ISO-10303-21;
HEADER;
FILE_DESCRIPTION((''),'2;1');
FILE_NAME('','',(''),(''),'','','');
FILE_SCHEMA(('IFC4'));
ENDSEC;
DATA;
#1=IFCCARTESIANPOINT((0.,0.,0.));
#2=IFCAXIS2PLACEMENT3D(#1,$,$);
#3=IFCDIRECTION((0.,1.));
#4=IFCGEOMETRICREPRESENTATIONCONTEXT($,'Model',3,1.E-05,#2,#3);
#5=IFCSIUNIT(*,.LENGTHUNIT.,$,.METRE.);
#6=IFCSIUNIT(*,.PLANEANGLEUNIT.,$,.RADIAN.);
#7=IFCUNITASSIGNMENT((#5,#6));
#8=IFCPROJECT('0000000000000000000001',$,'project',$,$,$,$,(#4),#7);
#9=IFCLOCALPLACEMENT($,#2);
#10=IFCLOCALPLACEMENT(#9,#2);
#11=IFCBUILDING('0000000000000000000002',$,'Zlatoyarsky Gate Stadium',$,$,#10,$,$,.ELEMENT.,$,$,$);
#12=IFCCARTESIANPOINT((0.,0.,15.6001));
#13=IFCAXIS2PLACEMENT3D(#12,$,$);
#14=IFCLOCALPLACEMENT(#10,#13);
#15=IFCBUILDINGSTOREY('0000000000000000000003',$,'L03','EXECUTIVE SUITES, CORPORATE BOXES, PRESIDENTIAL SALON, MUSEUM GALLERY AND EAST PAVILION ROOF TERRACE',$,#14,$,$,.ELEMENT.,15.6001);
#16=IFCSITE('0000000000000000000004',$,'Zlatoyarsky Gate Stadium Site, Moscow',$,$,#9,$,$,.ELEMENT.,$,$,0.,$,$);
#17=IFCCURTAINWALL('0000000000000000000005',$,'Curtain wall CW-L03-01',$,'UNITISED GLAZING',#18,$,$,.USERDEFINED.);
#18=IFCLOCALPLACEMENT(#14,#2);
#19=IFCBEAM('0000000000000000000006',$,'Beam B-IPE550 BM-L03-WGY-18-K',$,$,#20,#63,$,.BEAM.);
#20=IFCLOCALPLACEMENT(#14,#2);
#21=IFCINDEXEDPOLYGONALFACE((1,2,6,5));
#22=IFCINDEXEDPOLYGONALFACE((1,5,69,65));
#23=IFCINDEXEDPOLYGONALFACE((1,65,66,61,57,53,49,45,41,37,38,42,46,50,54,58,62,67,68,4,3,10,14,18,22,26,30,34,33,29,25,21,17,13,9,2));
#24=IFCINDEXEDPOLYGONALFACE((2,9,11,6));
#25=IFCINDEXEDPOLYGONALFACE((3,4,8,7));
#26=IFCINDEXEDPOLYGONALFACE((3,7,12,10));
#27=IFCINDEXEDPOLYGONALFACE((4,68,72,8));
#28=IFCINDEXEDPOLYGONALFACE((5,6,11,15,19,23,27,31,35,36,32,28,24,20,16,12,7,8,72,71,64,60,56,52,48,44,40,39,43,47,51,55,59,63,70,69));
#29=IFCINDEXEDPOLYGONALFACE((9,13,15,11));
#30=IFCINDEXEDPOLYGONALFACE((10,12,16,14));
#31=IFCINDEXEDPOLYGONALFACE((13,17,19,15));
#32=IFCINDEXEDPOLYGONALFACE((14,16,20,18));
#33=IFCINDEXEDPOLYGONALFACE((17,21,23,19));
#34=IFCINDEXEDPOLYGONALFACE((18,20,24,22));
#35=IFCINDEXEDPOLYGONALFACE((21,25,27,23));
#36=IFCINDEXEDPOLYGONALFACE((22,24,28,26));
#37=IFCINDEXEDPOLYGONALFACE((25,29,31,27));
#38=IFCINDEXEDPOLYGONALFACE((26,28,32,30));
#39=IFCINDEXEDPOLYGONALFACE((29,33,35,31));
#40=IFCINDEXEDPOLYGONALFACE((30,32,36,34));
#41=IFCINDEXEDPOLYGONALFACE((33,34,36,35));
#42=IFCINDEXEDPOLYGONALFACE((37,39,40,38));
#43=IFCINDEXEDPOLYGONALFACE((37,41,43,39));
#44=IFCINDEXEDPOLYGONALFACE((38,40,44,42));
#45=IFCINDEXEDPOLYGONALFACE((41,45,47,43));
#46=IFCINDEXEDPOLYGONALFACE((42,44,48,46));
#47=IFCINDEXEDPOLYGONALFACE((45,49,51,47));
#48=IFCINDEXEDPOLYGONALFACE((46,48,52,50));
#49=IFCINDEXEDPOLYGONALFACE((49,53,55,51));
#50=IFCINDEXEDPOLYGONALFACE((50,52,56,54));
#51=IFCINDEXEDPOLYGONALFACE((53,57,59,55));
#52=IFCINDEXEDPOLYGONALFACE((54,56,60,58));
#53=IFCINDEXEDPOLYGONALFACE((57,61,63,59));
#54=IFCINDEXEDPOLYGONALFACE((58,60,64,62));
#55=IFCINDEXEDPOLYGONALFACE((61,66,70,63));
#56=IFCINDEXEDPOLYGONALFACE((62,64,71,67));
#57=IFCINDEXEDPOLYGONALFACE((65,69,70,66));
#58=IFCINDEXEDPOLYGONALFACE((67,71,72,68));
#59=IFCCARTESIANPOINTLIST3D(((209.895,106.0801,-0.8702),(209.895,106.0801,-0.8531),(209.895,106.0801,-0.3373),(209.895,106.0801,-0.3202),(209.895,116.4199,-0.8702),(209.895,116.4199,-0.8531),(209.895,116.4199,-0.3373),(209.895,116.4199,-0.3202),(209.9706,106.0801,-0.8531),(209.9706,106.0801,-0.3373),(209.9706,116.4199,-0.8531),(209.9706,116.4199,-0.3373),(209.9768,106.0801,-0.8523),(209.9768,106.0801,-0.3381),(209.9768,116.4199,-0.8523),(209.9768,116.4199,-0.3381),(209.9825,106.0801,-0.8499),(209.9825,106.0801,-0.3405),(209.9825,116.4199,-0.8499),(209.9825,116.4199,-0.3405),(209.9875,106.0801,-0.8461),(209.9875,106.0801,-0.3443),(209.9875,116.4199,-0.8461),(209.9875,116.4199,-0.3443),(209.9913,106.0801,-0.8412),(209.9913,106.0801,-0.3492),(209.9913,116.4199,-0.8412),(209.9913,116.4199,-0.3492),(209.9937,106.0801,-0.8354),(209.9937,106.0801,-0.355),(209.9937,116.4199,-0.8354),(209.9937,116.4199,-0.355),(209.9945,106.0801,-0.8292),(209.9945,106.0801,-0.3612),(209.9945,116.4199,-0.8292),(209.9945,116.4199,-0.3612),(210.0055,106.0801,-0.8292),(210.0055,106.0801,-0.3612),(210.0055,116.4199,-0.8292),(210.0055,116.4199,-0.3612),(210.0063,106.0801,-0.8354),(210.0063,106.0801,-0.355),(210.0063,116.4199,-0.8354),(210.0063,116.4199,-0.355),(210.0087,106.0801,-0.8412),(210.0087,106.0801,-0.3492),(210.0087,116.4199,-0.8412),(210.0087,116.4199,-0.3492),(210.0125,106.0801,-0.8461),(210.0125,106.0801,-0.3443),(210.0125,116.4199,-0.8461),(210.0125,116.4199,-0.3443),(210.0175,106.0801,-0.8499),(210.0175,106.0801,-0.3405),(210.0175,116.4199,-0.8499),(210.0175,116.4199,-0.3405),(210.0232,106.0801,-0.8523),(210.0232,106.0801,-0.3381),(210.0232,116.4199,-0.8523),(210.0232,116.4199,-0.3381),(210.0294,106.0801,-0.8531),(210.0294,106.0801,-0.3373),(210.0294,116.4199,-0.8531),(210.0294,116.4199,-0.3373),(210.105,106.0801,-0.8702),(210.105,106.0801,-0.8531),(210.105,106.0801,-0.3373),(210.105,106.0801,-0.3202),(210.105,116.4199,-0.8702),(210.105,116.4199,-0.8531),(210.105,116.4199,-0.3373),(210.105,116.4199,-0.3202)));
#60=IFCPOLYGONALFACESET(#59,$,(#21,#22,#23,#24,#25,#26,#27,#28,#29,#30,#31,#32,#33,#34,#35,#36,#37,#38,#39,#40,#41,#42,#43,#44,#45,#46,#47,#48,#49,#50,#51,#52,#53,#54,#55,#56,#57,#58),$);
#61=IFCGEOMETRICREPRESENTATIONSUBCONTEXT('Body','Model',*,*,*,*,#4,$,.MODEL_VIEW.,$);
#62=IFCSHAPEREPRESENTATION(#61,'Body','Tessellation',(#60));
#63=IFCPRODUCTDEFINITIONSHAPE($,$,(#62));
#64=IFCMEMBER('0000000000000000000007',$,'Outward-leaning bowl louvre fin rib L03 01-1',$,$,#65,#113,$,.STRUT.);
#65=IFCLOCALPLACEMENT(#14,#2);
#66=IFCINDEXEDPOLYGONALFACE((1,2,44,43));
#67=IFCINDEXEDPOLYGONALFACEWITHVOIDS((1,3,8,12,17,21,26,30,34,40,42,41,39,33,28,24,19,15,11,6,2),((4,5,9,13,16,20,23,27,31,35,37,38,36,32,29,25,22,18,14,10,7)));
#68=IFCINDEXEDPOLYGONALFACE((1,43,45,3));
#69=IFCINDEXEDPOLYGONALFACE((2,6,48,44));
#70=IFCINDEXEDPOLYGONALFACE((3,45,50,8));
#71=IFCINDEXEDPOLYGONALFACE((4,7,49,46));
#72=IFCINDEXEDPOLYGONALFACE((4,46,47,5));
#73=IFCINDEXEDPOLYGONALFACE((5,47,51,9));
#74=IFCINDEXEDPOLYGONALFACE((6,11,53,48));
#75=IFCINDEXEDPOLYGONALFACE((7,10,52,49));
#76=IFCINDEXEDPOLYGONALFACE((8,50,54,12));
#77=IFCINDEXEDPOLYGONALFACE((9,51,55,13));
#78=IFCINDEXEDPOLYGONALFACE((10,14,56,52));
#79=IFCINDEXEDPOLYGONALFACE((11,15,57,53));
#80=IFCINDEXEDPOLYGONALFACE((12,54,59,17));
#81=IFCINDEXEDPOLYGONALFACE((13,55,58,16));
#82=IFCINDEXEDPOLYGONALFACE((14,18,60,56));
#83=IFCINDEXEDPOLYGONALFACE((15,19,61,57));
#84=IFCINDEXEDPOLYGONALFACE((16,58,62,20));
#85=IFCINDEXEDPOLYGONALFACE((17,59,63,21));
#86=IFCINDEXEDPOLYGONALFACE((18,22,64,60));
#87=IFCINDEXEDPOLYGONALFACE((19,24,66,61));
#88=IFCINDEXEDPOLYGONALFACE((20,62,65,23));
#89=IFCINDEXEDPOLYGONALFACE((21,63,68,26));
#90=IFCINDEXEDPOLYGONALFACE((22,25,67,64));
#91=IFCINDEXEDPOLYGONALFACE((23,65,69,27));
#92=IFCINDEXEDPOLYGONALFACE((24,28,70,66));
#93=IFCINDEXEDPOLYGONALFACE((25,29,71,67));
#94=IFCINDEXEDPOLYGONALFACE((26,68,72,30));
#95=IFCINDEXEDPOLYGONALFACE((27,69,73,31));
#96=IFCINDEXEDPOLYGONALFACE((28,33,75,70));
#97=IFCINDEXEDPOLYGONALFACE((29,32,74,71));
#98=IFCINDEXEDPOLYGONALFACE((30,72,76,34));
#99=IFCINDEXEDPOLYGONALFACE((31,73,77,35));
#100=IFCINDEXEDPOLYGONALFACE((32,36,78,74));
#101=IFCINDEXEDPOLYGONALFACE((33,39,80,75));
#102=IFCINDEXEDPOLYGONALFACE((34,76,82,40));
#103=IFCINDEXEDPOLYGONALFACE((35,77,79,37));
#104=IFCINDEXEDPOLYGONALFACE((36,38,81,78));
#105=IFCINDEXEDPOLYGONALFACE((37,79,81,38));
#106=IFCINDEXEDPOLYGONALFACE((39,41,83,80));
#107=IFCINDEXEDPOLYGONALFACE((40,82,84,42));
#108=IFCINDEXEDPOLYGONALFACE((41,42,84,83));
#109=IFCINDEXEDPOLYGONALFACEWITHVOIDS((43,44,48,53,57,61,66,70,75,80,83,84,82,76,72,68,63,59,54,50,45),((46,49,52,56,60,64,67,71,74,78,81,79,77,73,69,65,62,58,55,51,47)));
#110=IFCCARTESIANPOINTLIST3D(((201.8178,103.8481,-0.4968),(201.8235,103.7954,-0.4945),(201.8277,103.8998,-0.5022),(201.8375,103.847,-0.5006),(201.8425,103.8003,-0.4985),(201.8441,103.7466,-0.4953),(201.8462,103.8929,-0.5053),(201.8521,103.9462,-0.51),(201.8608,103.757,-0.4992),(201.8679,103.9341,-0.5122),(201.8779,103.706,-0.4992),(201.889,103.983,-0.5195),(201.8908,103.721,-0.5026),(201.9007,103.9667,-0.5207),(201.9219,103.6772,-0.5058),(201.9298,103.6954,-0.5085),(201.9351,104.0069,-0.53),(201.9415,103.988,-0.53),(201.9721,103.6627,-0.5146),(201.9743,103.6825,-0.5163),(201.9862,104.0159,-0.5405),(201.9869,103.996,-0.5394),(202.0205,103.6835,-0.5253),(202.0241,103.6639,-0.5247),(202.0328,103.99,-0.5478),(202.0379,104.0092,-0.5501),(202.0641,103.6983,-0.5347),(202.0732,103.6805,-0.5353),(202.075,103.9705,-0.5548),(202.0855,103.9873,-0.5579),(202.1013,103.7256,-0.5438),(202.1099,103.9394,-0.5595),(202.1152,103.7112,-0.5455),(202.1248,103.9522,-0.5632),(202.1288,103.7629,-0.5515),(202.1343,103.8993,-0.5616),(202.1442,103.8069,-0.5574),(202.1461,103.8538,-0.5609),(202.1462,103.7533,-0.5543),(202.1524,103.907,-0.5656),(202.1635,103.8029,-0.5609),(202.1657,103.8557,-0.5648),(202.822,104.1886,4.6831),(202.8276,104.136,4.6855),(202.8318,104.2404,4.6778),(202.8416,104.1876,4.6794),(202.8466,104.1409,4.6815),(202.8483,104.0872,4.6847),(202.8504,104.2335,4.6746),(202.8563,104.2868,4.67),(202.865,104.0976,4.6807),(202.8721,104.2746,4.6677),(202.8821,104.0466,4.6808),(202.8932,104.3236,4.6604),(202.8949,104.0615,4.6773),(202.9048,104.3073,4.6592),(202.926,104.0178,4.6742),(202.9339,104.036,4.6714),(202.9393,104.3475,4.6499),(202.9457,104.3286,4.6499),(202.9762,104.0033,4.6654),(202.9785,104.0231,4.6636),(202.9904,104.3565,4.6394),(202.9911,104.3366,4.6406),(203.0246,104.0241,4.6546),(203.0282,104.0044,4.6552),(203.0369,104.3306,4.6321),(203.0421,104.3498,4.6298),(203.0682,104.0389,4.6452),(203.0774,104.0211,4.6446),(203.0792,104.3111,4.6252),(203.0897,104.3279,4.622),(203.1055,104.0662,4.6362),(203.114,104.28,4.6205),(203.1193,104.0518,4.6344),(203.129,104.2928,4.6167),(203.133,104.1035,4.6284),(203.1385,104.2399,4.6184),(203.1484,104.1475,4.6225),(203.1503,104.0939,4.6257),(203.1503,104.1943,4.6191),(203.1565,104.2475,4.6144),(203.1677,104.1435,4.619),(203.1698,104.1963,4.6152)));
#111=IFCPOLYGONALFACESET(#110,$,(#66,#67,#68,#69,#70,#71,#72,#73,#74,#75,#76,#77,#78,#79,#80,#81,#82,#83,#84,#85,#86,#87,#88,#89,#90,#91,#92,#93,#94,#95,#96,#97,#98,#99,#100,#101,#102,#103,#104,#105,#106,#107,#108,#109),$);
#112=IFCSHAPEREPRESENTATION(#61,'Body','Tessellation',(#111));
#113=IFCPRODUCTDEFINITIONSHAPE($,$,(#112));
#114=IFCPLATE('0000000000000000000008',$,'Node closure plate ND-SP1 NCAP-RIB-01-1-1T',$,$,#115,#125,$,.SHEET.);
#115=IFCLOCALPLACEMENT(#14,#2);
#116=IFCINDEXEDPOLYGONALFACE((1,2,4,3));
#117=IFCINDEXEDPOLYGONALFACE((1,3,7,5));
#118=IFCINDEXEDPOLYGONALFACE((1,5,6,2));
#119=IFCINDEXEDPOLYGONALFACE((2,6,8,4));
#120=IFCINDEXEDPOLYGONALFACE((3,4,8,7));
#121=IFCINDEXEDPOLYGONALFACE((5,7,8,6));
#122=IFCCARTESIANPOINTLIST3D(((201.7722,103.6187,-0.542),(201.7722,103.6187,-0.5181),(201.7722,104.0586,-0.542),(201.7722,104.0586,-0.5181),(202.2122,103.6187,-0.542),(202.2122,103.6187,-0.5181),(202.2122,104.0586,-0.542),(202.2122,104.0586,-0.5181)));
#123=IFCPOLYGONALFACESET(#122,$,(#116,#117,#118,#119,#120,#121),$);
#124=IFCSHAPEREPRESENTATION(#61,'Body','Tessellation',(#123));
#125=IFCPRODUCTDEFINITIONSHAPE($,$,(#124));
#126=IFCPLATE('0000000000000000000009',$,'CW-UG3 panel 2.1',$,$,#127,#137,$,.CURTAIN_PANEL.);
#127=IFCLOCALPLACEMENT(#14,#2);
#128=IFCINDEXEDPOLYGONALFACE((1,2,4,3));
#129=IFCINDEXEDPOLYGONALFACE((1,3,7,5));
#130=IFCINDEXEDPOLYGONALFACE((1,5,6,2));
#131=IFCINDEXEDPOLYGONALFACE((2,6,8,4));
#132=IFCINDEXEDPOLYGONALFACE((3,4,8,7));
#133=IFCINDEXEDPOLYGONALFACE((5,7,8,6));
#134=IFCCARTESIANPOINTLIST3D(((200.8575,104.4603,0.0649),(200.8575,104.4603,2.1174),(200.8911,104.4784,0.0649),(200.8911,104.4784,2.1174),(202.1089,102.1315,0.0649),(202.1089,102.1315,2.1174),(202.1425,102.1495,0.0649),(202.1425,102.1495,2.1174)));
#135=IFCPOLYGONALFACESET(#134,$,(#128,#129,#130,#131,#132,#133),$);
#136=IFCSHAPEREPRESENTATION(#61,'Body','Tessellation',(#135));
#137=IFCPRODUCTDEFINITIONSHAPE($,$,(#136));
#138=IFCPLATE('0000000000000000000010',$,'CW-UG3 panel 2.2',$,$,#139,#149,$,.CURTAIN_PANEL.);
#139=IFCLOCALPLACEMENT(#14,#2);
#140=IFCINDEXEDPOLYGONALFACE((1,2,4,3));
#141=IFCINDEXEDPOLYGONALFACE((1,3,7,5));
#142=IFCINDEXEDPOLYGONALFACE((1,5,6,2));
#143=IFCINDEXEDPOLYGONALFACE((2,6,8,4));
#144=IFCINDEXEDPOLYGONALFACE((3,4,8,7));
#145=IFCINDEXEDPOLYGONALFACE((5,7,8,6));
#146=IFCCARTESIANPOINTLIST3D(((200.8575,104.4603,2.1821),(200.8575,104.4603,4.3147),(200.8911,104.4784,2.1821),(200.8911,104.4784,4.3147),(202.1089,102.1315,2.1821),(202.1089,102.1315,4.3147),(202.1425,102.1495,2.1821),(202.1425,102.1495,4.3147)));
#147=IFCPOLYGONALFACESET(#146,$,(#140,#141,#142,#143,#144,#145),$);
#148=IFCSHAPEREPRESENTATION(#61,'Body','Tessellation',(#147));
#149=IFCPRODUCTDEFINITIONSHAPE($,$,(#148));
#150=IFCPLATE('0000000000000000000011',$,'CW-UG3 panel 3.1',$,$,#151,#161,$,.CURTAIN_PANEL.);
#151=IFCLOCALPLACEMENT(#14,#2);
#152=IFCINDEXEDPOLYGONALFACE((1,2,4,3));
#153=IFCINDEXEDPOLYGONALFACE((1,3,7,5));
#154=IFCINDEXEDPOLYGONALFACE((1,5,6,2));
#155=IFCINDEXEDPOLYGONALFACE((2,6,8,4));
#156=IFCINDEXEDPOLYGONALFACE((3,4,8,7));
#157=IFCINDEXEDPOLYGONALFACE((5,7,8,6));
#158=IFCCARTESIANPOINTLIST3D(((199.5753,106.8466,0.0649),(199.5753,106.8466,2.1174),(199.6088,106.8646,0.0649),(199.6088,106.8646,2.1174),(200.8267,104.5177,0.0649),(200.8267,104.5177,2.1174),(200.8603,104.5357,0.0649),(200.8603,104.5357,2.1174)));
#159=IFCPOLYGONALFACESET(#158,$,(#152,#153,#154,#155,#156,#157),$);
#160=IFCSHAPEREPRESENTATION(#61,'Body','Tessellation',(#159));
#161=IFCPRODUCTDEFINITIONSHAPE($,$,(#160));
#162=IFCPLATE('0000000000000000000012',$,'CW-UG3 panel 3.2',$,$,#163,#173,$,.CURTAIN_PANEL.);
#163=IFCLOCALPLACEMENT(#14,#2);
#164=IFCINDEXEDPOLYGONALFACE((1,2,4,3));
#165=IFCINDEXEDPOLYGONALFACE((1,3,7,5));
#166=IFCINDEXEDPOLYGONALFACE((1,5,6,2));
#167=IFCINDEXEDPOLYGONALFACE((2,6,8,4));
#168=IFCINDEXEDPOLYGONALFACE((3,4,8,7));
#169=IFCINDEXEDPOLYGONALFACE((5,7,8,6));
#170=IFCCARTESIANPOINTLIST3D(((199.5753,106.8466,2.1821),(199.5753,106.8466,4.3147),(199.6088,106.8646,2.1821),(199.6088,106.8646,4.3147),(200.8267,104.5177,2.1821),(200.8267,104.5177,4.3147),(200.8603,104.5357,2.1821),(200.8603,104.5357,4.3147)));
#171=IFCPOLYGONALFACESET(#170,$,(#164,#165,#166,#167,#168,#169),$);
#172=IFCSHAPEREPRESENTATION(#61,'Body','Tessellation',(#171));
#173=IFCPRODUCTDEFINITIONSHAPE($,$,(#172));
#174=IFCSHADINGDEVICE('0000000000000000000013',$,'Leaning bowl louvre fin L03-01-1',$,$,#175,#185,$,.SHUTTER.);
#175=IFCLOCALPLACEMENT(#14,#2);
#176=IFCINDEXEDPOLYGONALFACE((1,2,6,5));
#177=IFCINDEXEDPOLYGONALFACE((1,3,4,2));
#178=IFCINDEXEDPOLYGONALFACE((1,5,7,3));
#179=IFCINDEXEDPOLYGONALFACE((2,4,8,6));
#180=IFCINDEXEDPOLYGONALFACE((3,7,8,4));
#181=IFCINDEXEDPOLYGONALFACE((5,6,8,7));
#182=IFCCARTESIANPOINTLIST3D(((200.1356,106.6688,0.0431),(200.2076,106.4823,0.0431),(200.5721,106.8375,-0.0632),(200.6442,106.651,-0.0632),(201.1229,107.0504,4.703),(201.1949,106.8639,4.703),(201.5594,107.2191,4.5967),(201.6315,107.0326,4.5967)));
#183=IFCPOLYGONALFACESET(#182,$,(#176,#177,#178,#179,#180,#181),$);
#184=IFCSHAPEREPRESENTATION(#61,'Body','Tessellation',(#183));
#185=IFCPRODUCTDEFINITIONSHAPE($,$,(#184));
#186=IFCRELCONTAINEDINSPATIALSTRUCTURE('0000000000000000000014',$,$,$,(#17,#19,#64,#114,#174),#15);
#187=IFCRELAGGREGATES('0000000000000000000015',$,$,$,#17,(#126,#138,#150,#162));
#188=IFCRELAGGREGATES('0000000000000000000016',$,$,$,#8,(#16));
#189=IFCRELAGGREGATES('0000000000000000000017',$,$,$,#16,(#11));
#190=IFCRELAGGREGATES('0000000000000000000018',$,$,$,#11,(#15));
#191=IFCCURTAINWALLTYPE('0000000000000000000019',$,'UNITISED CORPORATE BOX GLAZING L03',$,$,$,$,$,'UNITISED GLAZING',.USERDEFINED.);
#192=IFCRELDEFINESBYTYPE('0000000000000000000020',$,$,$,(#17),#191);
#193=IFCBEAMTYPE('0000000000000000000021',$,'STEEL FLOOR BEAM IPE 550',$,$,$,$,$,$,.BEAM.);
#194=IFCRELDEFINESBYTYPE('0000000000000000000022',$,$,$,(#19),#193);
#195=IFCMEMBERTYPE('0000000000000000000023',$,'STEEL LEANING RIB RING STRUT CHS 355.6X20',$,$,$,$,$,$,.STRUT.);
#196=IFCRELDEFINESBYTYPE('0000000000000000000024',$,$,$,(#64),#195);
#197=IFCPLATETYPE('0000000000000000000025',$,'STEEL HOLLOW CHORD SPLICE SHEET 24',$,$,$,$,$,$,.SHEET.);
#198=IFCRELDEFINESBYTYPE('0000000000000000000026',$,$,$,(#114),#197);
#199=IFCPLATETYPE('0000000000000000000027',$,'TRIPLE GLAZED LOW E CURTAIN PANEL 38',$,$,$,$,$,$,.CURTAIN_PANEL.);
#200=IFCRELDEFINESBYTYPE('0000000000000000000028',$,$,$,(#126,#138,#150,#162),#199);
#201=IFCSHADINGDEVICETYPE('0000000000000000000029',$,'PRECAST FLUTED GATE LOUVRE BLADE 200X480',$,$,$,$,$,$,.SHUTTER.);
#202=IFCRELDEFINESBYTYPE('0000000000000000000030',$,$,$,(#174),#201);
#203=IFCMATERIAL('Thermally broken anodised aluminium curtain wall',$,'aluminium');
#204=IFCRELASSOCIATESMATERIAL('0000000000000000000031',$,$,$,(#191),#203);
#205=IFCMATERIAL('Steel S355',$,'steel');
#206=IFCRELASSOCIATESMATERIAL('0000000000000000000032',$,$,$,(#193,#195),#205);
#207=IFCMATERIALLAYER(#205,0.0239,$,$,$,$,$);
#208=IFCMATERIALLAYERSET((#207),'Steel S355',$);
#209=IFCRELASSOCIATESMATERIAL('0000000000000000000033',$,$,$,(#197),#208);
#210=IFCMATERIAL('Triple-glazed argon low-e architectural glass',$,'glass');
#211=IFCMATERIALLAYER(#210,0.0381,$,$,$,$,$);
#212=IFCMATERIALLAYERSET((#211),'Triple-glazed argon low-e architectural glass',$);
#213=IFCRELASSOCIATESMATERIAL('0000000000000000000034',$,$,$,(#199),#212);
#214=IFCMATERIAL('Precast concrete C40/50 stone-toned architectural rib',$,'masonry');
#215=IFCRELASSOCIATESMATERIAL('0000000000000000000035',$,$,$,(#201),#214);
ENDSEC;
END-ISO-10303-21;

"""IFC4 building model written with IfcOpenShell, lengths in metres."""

from ifc_helpers import new_model, si_unit, direction, frame, origin, origin_2d, place, context, subcontext, project, spatial, rectangle, hollow_circle, i_section, extrude, material, layer, layer_set, material_profile, profile_set, type_object, element, aggregate, save


model = new_model("IFC4")

# Units and contexts
model_context = context("Model", 3, precision=1e-05, world=origin(), true_north=direction((0.0, 1.0)))
body_context = subcontext(model_context, "Body", "Model", "MODEL_VIEW")
ifc_project = project(units=[si_unit("LENGTHUNIT", "METRE"), si_unit("PLANEANGLEUNIT", "RADIAN")], contexts=[model_context])

# Site, building, storey
site_placement = place(None, origin())
site = spatial("IfcSite", under=ifc_project, at=site_placement, Name="Zlatoyarsky Gate Stadium Site, Moscow", CompositionType="ELEMENT", RefElevation=0.0)
building_placement = place(site_placement, origin())
building = spatial("IfcBuilding", under=site, at=building_placement, Name="Zlatoyarsky Gate Stadium", CompositionType="ELEMENT")
storey_placement = place(building_placement, frame((0.0, 0.0, 15.6001)))
storey = spatial("IfcBuildingStorey", under=building, at=storey_placement, Name="L03", Description="EXECUTIVE SUITES, CORPORATE BOXES, PRESIDENTIAL SALON, MUSEUM GALLERY AND EAST PAVILION ROOF TERRACE", CompositionType="ELEMENT", Elevation=15.6001)

# Shared definitions
ifc_material_1 = material(Name="Steel S355", Category="steel")

# Curtain wall
ifc_material_2 = material(Name="Thermally broken anodised aluminium curtain wall", Category="aluminium")
curtain_wall_type_1 = type_object("IfcCurtainWallType", Name="UNITISED CORPORATE BOX GLAZING L03", ElementType="UNITISED GLAZING", PredefinedType="USERDEFINED", material=ifc_material_2)
curtain_wall_1_placement = place(storey_placement, origin())
curtain_wall_1 = element("IfcCurtainWall", 1, at=curtain_wall_1_placement, inside=storey, type_object=curtain_wall_type_1, Name="Curtain wall CW-L03-01", ObjectType="UNITISED GLAZING", PredefinedType="USERDEFINED")

# Beam
ifc_material_profile_1 = material_profile(ifc_material_1, i_section(OverallWidth=0.21, OverallDepth=0.55, WebThickness=0.011, FlangeThickness=0.0171, FilletRadius=0.0239, at=origin_2d()), Name="IPE 550")
ifc_profile_set_1 = profile_set([ifc_material_profile_1], Name="Steel S355")
beam_type = type_object("IfcBeamType", Name="STEEL FLOOR BEAM IPE 550", PredefinedType="BEAM", material=ifc_profile_set_1)
beam_placement = place(storey_placement, frame((210.0, 106.0801, -0.5952), z_axis=(0.0, 1.0, 0.0), x_axis=(-1.0, 0.0, 0.0)))
element("IfcBeam", 2, at=beam_placement, inside=storey, type_object=beam_type, Name="Beam B-IPE550 BM-L03-WGY-18-K", PredefinedType="BEAM", context=body_context, shape_type="SweptSolid", body=[
    extrude(i_section(OverallWidth=0.21, OverallDepth=0.55, WebThickness=0.011, FlangeThickness=0.0171, FilletRadius=0.0239, at=origin_2d()), origin(), (0.0, 0.0, 1.0), 10.3398),
])

# Member
ifc_material_profile_2 = material_profile(ifc_material_1, hollow_circle(Radius=0.1777, WallThickness=0.02, at=origin_2d()), Name="CHS 355.6X20")
ifc_profile_set_2 = profile_set([ifc_material_profile_2], Name="Steel S355")
member_type_1 = type_object("IfcMemberType", Name="STEEL LEANING RIB RING STRUT CHS 355.6X20", PredefinedType="STRUT", material=ifc_profile_set_2)
member_1_placement = place(storey_placement, frame((201.9922, 103.8386, -0.53), z_axis=(0.189916, 0.064413, 0.979685), x_axis=(-0.321197, 0.947012, 0.0)))
element("IfcMember", 3, at=member_1_placement, inside=storey, type_object=member_type_1, Name="Outward-leaning bowl louvre fin rib L03 01-1", PredefinedType="STRUT", context=body_context, shape_type="SweptSolid", body=[
    extrude(hollow_circle(Radius=0.1777, WallThickness=0.02, at=origin_2d()), origin(), (0.0, 0.0, 1.0), 5.2874),
])

# Plates
ifc_layer_1 = layer(ifc_material_1, 0.0239)
ifc_layer_set_1 = layer_set([ifc_layer_1], Name="Steel S355")
plate_type_1 = type_object("IfcPlateType", Name="STEEL HOLLOW CHORD SPLICE SHEET 24", PredefinedType="SHEET", material=ifc_layer_set_1)
plate_1_placement = place(storey_placement, frame((201.9922, 103.8386, -0.542), z_axis=(0.0, 0.0, 1.0), x_axis=(1.0, 0.0, 0.0)))
element("IfcPlate", 4, at=plate_1_placement, inside=storey, type_object=plate_type_1, Name="Node closure plate ND-SP1 NCAP-RIB-01-1-1T", PredefinedType="SHEET", context=body_context, shape_type="SweptSolid", body=[
    extrude(rectangle(XDim=0.4399, YDim=0.4399, at=origin_2d()), origin(), (0.0, 0.0, 1.0), 0.0239),
])
ifc_material_3 = material(Name="Triple-glazed argon low-e architectural glass", Category="glass")
ifc_layer_2 = layer(ifc_material_3, 0.0381)
ifc_layer_set_2 = layer_set([ifc_layer_2], Name="Triple-glazed argon low-e architectural glass")
plate_type_2 = type_object("IfcPlateType", Name="TRIPLE GLAZED LOW E CURTAIN PANEL 38", PredefinedType="CURTAIN_PANEL", material=ifc_layer_set_2)
plate_2_placement = place(storey_placement, frame((201.5, 103.3049, 0.0649), z_axis=(0.0, 0.0, 1.0), x_axis=(-0.473345, 0.880877, 0.0)))
plate_2 = element("IfcPlate", 5, at=plate_2_placement, type_object=plate_type_2, Name="CW-UG3 panel 2.1", PredefinedType="CURTAIN_PANEL", context=body_context, shape_type="SweptSolid", body=[
    extrude(rectangle(XDim=2.6438, YDim=0.0381, at=origin_2d()), origin(), (0.0, 0.0, 1.0), 2.0525),
])
plate_3_placement = place(storey_placement, frame((201.5, 103.3049, 2.1821), z_axis=(0.0, 0.0, 1.0), x_axis=(-0.473345, 0.880877, 0.0)))
plate_3 = element("IfcPlate", 6, at=plate_3_placement, type_object=plate_type_2, Name="CW-UG3 panel 2.2", PredefinedType="CURTAIN_PANEL", context=body_context, shape_type="SweptSolid", body=[
    extrude(rectangle(XDim=2.6438, YDim=0.0381, at=origin_2d()), origin(), (0.0, 0.0, 1.0), 2.1326),
])
plate_4_placement = place(storey_placement, frame((200.2178, 105.6912, 0.0649), z_axis=(0.0, 0.0, 1.0), x_axis=(-0.473345, 0.880877, 0.0)))
plate_4 = element("IfcPlate", 7, at=plate_4_placement, type_object=plate_type_2, Name="CW-UG3 panel 3.1", PredefinedType="CURTAIN_PANEL", context=body_context, shape_type="SweptSolid", body=[
    extrude(rectangle(XDim=2.6438, YDim=0.0381, at=origin_2d()), origin(), (0.0, 0.0, 1.0), 2.0525),
])
plate_5_placement = place(storey_placement, frame((200.2178, 105.6912, 2.1821), z_axis=(0.0, 0.0, 1.0), x_axis=(-0.473345, 0.880877, 0.0)))
plate_5 = element("IfcPlate", 8, at=plate_5_placement, type_object=plate_type_2, Name="CW-UG3 panel 3.2", PredefinedType="CURTAIN_PANEL", context=body_context, shape_type="SweptSolid", body=[
    extrude(rectangle(XDim=2.6438, YDim=0.0381, at=origin_2d()), origin(), (0.0, 0.0, 1.0), 2.1326),
])
aggregate(curtain_wall_1, [plate_2, plate_3, plate_4, plate_5])

# Shading device
ifc_material_4 = material(Name="Precast concrete C40/50 stone-toned architectural rib", Category="masonry")
ifc_material_profile_3 = material_profile(ifc_material_4, rectangle(XDim=0.2, YDim=0.48, at=origin_2d()), Name="RIB 200X480")
ifc_profile_set_3 = profile_set([ifc_material_profile_3], Name="Precast concrete C40/50 stone-toned architectural rib")
shading_device_type = type_object("IfcShadingDeviceType", Name="PRECAST FLUTED GATE LOUVRE BLADE 200X480", PredefinedType="SHUTTER", material=ifc_profile_set_3)
for number, where, z_axis, x_axis, name in (
    (9, (200.3899, 106.6599, -0.01), (0.206609, 0.079854, 0.97516), (-0.360509, 0.932756, 0.0), "Leaning bowl louvre fin L03-01-1"),
):
    element("IfcShadingDevice", number, at=place(storey_placement, frame(where, z_axis=z_axis, x_axis=x_axis)), inside=storey, type_object=shading_device_type, Name=name, PredefinedType="SHUTTER", context=body_context, shape_type="SweptSolid", body=[
        extrude(rectangle(XDim=0.2, YDim=0.48, at=origin_2d()), origin(), (0.0, 0.0, 1.0), 4.7786),
    ])

save(model, "model.ifc")
